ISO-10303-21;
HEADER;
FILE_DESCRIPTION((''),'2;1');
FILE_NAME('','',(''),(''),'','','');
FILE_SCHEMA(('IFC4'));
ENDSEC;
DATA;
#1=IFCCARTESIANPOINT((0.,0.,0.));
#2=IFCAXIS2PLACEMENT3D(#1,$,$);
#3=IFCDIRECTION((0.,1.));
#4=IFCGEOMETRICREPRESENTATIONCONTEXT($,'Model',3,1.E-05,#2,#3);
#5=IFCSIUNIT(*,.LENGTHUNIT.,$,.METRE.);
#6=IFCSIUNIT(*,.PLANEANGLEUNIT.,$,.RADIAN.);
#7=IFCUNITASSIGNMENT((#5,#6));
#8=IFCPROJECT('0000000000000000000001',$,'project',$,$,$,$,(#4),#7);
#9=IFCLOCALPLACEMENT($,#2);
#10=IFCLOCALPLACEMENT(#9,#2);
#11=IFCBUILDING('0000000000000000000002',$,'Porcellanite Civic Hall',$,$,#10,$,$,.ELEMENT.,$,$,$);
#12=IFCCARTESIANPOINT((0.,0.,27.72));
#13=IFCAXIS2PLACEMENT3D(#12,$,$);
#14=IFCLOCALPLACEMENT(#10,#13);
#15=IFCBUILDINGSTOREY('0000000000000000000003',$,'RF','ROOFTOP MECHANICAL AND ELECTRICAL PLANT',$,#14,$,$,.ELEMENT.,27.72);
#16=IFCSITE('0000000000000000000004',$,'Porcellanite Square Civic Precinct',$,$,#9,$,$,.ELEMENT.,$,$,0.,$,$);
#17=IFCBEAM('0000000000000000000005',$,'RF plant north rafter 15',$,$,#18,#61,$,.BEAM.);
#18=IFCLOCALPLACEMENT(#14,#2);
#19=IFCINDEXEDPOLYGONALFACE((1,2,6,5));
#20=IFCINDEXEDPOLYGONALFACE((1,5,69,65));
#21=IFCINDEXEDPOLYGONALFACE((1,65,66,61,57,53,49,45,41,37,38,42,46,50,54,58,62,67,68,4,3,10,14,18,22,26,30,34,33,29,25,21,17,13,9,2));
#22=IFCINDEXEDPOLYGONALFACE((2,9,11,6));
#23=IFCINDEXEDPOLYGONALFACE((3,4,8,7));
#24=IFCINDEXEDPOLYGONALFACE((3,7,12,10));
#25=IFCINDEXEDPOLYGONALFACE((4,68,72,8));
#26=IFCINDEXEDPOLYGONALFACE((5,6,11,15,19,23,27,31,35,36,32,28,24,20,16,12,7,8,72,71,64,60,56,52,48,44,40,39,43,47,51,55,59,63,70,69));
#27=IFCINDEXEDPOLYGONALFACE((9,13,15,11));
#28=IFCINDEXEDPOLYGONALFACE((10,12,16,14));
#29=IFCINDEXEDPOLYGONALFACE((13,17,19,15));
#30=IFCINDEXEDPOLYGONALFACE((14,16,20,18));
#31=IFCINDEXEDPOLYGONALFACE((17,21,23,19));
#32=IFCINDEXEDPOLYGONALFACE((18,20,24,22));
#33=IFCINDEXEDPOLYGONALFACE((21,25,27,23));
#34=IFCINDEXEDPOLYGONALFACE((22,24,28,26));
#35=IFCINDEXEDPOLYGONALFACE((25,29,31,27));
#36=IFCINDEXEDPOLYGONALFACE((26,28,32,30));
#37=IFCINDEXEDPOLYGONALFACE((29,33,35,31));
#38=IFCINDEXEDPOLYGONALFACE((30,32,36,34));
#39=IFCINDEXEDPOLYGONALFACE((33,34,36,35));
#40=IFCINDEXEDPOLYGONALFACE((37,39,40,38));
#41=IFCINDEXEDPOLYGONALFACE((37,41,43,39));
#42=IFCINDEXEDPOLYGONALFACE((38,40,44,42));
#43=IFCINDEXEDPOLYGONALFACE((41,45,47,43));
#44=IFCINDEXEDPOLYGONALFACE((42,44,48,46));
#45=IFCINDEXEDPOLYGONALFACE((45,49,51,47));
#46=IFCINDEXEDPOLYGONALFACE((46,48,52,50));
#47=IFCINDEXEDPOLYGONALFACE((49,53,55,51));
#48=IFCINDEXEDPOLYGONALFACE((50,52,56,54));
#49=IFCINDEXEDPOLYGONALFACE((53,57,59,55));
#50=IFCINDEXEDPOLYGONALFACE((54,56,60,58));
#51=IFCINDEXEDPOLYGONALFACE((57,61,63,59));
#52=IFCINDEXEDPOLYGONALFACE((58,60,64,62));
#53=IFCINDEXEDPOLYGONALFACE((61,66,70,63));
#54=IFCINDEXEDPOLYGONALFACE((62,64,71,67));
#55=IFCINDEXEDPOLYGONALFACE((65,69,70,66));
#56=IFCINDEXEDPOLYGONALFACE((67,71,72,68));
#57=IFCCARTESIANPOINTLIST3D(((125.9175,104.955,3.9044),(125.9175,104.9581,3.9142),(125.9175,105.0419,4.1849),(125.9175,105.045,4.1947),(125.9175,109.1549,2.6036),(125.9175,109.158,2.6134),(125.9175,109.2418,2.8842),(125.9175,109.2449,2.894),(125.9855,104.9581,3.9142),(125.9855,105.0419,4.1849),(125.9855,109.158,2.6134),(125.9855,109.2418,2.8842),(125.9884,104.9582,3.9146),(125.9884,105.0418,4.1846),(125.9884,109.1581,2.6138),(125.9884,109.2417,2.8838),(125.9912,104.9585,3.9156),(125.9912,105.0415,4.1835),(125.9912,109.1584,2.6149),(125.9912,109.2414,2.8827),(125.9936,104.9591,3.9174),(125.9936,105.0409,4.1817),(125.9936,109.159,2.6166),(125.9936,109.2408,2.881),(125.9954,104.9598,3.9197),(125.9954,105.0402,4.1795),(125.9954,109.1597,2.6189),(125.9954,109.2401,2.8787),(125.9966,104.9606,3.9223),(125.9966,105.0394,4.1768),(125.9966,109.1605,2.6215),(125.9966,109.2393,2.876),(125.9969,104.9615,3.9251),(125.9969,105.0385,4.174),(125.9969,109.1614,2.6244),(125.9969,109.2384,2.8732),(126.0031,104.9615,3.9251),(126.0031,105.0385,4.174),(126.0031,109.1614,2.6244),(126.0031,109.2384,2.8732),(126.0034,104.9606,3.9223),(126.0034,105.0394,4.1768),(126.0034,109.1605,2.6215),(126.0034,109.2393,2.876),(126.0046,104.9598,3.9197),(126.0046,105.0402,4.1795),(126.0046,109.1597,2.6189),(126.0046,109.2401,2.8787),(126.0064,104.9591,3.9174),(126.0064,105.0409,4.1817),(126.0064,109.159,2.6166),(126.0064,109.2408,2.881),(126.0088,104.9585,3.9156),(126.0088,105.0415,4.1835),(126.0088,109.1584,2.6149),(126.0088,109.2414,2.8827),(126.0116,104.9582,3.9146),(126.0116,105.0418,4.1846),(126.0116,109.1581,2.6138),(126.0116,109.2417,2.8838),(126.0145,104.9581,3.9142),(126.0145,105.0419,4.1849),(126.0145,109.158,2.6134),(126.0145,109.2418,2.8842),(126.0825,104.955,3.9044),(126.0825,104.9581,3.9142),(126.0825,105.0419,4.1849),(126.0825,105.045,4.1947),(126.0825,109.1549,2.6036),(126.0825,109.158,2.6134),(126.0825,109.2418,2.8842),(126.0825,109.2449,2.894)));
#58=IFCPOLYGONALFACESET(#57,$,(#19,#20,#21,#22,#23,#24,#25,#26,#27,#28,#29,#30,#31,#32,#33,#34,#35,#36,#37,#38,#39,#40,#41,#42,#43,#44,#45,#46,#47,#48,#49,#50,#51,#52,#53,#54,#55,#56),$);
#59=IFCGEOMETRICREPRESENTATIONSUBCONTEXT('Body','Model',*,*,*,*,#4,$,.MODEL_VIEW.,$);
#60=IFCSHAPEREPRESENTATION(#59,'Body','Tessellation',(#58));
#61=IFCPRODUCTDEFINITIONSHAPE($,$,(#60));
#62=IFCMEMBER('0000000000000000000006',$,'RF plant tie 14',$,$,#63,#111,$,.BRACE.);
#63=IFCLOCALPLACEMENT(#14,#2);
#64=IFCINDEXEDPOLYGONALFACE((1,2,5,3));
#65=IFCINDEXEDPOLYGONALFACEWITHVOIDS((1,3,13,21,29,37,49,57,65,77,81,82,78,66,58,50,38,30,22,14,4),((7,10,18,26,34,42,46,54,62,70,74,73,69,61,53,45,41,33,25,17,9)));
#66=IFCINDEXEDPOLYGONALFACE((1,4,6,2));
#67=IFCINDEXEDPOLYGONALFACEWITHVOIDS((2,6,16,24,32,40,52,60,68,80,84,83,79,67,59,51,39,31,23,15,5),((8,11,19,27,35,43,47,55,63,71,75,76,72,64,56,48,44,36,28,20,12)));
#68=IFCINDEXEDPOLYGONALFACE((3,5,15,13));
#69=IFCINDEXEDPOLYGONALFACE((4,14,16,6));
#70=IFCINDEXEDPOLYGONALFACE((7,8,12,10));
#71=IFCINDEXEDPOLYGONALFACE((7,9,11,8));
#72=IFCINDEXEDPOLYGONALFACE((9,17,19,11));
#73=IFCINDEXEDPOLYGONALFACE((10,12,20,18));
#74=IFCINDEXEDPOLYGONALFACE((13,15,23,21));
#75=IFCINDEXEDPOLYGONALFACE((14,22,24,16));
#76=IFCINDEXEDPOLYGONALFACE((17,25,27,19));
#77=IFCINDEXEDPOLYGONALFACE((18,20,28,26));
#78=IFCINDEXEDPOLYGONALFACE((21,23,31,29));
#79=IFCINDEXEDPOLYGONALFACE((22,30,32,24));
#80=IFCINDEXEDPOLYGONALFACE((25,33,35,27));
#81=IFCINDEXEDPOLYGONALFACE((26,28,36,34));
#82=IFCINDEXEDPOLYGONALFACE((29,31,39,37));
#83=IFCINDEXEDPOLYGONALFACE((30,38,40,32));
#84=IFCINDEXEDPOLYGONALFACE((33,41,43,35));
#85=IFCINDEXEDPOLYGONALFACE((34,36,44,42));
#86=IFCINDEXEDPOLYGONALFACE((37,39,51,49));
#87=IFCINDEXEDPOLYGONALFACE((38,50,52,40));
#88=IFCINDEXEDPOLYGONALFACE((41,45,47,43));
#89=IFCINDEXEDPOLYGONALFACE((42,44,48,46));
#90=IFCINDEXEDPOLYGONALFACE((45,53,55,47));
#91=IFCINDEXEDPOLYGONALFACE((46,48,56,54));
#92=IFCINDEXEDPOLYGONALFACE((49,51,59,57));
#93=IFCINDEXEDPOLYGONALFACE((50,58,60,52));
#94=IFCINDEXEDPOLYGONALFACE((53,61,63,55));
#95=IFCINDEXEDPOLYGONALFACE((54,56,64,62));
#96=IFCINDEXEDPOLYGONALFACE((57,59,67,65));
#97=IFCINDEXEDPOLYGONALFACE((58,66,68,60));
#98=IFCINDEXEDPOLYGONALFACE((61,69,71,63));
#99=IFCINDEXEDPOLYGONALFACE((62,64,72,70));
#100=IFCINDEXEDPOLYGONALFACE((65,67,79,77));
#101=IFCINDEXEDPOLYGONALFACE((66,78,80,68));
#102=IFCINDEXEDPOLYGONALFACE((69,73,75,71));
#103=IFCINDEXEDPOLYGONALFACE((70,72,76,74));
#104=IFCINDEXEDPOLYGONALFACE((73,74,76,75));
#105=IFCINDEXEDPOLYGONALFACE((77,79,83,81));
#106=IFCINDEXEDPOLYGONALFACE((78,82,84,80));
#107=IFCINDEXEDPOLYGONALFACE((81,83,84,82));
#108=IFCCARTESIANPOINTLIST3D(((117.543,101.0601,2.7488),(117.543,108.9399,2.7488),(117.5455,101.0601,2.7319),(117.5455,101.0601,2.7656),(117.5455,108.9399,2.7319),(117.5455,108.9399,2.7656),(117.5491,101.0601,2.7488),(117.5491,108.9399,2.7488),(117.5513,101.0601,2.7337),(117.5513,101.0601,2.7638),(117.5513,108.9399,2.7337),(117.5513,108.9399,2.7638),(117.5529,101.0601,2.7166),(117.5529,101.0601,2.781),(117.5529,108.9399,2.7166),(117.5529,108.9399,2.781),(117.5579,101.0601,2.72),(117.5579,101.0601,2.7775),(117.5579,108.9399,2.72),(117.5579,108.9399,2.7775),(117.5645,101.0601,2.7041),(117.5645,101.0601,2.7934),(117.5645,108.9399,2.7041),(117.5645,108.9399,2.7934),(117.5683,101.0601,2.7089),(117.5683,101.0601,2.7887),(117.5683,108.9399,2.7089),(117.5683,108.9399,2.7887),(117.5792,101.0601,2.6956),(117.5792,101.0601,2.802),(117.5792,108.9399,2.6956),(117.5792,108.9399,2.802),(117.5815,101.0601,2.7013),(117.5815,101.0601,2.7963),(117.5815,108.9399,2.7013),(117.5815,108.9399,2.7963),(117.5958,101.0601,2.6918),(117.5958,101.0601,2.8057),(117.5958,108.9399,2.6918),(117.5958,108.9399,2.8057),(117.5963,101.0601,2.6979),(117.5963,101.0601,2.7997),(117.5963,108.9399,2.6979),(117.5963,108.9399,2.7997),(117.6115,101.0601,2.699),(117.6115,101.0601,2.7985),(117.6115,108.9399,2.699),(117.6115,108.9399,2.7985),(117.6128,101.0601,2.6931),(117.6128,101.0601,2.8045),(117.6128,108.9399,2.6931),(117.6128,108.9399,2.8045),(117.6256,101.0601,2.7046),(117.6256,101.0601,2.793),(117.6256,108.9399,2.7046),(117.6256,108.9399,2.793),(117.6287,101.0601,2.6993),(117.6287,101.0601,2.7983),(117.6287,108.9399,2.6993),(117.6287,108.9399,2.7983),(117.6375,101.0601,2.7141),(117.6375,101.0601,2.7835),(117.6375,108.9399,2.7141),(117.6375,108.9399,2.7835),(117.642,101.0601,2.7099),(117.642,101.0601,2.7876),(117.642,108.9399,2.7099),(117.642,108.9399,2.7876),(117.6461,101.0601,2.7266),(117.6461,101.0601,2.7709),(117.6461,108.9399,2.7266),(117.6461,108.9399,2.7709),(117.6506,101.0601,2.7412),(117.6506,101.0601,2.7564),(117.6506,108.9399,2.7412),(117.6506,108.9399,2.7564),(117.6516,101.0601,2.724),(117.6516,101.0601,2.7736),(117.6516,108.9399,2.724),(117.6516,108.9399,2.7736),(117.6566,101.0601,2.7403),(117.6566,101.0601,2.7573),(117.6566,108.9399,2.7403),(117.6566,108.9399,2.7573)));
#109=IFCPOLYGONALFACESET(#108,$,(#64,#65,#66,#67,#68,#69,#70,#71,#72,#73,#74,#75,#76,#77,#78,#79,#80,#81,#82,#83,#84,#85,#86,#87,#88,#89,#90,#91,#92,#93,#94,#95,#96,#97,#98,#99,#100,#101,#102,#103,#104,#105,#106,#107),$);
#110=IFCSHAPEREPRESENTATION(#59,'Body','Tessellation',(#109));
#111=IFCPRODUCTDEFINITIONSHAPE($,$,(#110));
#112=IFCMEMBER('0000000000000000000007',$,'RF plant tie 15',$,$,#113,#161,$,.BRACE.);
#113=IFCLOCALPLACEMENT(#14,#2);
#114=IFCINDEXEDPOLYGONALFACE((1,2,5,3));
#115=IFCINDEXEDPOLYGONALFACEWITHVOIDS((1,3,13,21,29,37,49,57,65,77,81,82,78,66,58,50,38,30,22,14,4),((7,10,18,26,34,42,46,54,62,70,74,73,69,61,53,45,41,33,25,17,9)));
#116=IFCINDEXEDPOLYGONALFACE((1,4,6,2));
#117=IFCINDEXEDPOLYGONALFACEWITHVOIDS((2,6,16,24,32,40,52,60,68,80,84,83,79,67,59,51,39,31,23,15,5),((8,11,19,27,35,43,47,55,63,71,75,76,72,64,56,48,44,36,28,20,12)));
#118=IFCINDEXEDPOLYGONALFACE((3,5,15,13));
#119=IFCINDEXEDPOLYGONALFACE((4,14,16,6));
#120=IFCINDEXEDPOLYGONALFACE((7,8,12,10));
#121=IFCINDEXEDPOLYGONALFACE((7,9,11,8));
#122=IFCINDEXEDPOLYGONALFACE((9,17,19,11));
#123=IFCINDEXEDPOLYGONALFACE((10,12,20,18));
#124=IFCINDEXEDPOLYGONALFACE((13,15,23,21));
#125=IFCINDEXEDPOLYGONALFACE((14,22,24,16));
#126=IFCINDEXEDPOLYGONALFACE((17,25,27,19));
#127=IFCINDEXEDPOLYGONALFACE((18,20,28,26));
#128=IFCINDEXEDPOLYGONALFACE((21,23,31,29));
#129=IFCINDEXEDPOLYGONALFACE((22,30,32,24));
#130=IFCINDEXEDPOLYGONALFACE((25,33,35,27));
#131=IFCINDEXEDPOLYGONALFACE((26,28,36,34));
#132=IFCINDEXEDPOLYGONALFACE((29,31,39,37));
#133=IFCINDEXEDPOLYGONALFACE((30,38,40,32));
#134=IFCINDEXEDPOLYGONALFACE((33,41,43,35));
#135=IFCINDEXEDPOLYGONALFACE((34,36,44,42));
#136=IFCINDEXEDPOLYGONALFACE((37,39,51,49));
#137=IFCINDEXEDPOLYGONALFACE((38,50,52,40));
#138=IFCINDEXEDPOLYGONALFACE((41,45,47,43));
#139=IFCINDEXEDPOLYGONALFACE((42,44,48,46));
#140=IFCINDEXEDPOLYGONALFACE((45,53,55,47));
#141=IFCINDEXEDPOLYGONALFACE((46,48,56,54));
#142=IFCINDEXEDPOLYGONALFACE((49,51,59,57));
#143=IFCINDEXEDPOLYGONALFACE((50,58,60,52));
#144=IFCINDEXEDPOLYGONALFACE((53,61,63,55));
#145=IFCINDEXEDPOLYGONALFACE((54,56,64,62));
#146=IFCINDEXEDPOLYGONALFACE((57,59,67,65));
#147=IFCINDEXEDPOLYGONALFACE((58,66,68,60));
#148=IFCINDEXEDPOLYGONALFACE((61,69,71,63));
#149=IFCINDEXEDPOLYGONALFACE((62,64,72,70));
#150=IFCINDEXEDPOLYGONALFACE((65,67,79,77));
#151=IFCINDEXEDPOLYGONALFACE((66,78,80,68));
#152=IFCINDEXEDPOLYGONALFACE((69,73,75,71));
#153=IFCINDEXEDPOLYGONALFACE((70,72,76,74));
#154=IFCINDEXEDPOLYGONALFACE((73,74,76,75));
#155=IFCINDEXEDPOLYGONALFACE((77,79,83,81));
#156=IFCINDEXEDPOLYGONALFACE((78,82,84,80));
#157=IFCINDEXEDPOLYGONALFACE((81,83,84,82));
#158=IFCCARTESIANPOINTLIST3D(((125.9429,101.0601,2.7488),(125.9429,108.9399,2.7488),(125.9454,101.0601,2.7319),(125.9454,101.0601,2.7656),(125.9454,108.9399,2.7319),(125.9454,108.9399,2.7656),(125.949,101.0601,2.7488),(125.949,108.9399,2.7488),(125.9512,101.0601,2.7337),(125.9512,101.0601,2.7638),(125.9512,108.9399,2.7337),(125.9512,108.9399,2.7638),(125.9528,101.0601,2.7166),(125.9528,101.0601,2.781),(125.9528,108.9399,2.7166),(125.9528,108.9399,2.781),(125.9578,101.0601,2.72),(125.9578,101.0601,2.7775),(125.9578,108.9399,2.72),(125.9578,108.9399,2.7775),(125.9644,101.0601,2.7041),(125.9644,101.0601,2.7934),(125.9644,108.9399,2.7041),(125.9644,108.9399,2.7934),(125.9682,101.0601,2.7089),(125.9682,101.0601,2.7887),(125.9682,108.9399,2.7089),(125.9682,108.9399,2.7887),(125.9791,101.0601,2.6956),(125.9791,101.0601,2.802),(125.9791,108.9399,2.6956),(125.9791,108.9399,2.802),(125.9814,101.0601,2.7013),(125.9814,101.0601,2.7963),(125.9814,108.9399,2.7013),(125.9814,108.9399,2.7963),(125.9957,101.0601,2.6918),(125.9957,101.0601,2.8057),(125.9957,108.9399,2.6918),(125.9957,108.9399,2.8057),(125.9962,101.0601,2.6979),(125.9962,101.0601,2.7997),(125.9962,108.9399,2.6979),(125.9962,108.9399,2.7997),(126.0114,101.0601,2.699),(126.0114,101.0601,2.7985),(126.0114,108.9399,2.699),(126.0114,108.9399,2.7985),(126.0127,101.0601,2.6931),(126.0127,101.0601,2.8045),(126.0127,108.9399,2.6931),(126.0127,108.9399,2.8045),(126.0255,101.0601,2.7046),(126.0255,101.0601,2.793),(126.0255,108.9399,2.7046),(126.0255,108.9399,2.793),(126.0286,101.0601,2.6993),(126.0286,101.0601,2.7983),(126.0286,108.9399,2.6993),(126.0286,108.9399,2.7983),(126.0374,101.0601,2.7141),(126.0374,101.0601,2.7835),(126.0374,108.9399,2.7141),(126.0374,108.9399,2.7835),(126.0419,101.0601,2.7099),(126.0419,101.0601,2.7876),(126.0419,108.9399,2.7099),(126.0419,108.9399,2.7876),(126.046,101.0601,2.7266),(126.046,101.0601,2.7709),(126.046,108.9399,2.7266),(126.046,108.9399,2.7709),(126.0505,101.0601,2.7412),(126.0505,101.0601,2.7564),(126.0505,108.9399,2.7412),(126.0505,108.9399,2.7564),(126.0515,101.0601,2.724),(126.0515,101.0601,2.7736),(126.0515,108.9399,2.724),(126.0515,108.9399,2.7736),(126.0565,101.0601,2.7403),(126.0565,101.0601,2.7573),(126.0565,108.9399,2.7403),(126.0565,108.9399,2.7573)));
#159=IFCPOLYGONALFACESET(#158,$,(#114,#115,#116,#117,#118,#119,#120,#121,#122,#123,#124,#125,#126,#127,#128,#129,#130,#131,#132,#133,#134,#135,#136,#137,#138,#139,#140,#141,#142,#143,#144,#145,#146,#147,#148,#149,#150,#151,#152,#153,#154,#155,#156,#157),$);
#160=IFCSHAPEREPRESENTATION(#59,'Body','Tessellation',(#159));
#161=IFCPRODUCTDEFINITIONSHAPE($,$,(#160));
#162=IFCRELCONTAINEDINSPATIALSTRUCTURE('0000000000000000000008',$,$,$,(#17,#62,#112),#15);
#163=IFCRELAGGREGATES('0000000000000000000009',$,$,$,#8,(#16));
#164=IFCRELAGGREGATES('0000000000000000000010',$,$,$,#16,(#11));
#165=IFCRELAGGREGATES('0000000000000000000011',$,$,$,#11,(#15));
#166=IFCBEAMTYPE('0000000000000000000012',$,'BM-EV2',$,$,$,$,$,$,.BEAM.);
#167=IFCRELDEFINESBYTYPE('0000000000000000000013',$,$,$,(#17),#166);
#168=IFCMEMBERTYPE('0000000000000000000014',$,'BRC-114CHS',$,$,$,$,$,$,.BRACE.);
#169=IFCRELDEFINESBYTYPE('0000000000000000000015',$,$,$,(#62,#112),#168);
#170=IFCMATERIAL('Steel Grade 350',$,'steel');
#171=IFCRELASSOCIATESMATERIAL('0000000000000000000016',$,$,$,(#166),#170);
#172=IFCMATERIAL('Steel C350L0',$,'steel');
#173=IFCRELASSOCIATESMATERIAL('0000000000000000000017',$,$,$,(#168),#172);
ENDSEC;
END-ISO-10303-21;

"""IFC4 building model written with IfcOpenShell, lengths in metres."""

from ifc_helpers import new_model, si_unit, direction, frame, origin, origin_2d, place, context, subcontext, project, spatial, hollow_circle, i_section, extrude, material, material_profile, profile_set, type_object, element, save


model = new_model("IFC4")

# Units and contexts
model_context = context("Model", 3, precision=1e-05, world=origin(), true_north=direction((0.0, 1.0)))
body_context = subcontext(model_context, "Body", "Model", "MODEL_VIEW")
ifc_project = project(units=[si_unit("LENGTHUNIT", "METRE"), si_unit("PLANEANGLEUNIT", "RADIAN")], contexts=[model_context])

# Site, building, storey
site_placement = place(None, origin())
site = spatial("IfcSite", under=ifc_project, at=site_placement, Name="Porcellanite Square Civic Precinct", CompositionType="ELEMENT", RefElevation=0.0)
building_placement = place(site_placement, origin())
building = spatial("IfcBuilding", under=site, at=building_placement, Name="Porcellanite Civic Hall", CompositionType="ELEMENT")
storey_placement = place(building_placement, frame((0.0, 0.0, 27.72)))
storey = spatial("IfcBuildingStorey", under=building, at=storey_placement, Name="RF", Description="ROOFTOP MECHANICAL AND ELECTRICAL PLANT", CompositionType="ELEMENT", Elevation=27.72)

# Beam
ifc_material_1 = material(Name="Steel Grade 350", Category="steel")
ifc_material_profile_1 = material_profile(ifc_material_1, i_section(OverallWidth=0.165, OverallDepth=0.304, WebThickness=0.0061, FlangeThickness=0.0103, FilletRadius=0.0115, at=origin_2d()), Name="310UB40.4")
ifc_profile_set_1 = profile_set([ifc_material_profile_1], Name="Steel Grade 350")
beam_type_1 = type_object("IfcBeamType", Name="BM-EV2", PredefinedType="BEAM", material=ifc_profile_set_1)
for number, where, z_axis, x_axis, name in (
    (1, (126.0, 105.0, 4.0496), (0.0, 0.955235, -0.295849), (-1.0, 0.0, 0.0), "RF plant north rafter 15"),
):
    element("IfcBeam", number, at=place(storey_placement, frame(where, z_axis=z_axis, x_axis=x_axis)), inside=storey, type_object=beam_type_1, Name=name, PredefinedType="BEAM", context=body_context, shape_type="SweptSolid", body=[
        extrude(i_section(OverallWidth=0.165, OverallDepth=0.304, WebThickness=0.0061, FlangeThickness=0.0103, FilletRadius=0.0115, at=origin_2d()), origin(), (0.0, 0.0, 1.0), 4.3967),
    ])

# Members
ifc_material_2 = material(Name="Steel C350L0", Category="steel")
ifc_material_profile_2 = material_profile(ifc_material_2, hollow_circle(Radius=0.0571, WallThickness=0.0061, at=origin_2d()), Name="114.3x6.0CHS")
ifc_profile_set_2 = profile_set([ifc_material_profile_2], Name="Steel C350L0")
member_type = type_object("IfcMemberType", Name="BRC-114CHS", PredefinedType="BRACE", material=ifc_profile_set_2)
for number, where, z_axis, x_axis, name in (
    (2, (117.6001, 101.0601, 2.7488), (0.0, 1.0, 0.0), (-1.0, 0.0, 0.0), "RF plant tie 14"),
    (3, (126.0, 101.0601, 2.7488), (0.0, 1.0, 0.0), (-1.0, 0.0, 0.0), "RF plant tie 15"),
):
    element("IfcMember", number, at=place(storey_placement, frame(where, z_axis=z_axis, x_axis=x_axis)), inside=storey, type_object=member_type, Name=name, PredefinedType="BRACE", context=body_context, shape_type="SweptSolid", body=[
        extrude(hollow_circle(Radius=0.0571, WallThickness=0.0061, at=origin_2d()), origin(), (0.0, 0.0, 1.0), 7.8799),
    ])

save(model, "model.ifc")
